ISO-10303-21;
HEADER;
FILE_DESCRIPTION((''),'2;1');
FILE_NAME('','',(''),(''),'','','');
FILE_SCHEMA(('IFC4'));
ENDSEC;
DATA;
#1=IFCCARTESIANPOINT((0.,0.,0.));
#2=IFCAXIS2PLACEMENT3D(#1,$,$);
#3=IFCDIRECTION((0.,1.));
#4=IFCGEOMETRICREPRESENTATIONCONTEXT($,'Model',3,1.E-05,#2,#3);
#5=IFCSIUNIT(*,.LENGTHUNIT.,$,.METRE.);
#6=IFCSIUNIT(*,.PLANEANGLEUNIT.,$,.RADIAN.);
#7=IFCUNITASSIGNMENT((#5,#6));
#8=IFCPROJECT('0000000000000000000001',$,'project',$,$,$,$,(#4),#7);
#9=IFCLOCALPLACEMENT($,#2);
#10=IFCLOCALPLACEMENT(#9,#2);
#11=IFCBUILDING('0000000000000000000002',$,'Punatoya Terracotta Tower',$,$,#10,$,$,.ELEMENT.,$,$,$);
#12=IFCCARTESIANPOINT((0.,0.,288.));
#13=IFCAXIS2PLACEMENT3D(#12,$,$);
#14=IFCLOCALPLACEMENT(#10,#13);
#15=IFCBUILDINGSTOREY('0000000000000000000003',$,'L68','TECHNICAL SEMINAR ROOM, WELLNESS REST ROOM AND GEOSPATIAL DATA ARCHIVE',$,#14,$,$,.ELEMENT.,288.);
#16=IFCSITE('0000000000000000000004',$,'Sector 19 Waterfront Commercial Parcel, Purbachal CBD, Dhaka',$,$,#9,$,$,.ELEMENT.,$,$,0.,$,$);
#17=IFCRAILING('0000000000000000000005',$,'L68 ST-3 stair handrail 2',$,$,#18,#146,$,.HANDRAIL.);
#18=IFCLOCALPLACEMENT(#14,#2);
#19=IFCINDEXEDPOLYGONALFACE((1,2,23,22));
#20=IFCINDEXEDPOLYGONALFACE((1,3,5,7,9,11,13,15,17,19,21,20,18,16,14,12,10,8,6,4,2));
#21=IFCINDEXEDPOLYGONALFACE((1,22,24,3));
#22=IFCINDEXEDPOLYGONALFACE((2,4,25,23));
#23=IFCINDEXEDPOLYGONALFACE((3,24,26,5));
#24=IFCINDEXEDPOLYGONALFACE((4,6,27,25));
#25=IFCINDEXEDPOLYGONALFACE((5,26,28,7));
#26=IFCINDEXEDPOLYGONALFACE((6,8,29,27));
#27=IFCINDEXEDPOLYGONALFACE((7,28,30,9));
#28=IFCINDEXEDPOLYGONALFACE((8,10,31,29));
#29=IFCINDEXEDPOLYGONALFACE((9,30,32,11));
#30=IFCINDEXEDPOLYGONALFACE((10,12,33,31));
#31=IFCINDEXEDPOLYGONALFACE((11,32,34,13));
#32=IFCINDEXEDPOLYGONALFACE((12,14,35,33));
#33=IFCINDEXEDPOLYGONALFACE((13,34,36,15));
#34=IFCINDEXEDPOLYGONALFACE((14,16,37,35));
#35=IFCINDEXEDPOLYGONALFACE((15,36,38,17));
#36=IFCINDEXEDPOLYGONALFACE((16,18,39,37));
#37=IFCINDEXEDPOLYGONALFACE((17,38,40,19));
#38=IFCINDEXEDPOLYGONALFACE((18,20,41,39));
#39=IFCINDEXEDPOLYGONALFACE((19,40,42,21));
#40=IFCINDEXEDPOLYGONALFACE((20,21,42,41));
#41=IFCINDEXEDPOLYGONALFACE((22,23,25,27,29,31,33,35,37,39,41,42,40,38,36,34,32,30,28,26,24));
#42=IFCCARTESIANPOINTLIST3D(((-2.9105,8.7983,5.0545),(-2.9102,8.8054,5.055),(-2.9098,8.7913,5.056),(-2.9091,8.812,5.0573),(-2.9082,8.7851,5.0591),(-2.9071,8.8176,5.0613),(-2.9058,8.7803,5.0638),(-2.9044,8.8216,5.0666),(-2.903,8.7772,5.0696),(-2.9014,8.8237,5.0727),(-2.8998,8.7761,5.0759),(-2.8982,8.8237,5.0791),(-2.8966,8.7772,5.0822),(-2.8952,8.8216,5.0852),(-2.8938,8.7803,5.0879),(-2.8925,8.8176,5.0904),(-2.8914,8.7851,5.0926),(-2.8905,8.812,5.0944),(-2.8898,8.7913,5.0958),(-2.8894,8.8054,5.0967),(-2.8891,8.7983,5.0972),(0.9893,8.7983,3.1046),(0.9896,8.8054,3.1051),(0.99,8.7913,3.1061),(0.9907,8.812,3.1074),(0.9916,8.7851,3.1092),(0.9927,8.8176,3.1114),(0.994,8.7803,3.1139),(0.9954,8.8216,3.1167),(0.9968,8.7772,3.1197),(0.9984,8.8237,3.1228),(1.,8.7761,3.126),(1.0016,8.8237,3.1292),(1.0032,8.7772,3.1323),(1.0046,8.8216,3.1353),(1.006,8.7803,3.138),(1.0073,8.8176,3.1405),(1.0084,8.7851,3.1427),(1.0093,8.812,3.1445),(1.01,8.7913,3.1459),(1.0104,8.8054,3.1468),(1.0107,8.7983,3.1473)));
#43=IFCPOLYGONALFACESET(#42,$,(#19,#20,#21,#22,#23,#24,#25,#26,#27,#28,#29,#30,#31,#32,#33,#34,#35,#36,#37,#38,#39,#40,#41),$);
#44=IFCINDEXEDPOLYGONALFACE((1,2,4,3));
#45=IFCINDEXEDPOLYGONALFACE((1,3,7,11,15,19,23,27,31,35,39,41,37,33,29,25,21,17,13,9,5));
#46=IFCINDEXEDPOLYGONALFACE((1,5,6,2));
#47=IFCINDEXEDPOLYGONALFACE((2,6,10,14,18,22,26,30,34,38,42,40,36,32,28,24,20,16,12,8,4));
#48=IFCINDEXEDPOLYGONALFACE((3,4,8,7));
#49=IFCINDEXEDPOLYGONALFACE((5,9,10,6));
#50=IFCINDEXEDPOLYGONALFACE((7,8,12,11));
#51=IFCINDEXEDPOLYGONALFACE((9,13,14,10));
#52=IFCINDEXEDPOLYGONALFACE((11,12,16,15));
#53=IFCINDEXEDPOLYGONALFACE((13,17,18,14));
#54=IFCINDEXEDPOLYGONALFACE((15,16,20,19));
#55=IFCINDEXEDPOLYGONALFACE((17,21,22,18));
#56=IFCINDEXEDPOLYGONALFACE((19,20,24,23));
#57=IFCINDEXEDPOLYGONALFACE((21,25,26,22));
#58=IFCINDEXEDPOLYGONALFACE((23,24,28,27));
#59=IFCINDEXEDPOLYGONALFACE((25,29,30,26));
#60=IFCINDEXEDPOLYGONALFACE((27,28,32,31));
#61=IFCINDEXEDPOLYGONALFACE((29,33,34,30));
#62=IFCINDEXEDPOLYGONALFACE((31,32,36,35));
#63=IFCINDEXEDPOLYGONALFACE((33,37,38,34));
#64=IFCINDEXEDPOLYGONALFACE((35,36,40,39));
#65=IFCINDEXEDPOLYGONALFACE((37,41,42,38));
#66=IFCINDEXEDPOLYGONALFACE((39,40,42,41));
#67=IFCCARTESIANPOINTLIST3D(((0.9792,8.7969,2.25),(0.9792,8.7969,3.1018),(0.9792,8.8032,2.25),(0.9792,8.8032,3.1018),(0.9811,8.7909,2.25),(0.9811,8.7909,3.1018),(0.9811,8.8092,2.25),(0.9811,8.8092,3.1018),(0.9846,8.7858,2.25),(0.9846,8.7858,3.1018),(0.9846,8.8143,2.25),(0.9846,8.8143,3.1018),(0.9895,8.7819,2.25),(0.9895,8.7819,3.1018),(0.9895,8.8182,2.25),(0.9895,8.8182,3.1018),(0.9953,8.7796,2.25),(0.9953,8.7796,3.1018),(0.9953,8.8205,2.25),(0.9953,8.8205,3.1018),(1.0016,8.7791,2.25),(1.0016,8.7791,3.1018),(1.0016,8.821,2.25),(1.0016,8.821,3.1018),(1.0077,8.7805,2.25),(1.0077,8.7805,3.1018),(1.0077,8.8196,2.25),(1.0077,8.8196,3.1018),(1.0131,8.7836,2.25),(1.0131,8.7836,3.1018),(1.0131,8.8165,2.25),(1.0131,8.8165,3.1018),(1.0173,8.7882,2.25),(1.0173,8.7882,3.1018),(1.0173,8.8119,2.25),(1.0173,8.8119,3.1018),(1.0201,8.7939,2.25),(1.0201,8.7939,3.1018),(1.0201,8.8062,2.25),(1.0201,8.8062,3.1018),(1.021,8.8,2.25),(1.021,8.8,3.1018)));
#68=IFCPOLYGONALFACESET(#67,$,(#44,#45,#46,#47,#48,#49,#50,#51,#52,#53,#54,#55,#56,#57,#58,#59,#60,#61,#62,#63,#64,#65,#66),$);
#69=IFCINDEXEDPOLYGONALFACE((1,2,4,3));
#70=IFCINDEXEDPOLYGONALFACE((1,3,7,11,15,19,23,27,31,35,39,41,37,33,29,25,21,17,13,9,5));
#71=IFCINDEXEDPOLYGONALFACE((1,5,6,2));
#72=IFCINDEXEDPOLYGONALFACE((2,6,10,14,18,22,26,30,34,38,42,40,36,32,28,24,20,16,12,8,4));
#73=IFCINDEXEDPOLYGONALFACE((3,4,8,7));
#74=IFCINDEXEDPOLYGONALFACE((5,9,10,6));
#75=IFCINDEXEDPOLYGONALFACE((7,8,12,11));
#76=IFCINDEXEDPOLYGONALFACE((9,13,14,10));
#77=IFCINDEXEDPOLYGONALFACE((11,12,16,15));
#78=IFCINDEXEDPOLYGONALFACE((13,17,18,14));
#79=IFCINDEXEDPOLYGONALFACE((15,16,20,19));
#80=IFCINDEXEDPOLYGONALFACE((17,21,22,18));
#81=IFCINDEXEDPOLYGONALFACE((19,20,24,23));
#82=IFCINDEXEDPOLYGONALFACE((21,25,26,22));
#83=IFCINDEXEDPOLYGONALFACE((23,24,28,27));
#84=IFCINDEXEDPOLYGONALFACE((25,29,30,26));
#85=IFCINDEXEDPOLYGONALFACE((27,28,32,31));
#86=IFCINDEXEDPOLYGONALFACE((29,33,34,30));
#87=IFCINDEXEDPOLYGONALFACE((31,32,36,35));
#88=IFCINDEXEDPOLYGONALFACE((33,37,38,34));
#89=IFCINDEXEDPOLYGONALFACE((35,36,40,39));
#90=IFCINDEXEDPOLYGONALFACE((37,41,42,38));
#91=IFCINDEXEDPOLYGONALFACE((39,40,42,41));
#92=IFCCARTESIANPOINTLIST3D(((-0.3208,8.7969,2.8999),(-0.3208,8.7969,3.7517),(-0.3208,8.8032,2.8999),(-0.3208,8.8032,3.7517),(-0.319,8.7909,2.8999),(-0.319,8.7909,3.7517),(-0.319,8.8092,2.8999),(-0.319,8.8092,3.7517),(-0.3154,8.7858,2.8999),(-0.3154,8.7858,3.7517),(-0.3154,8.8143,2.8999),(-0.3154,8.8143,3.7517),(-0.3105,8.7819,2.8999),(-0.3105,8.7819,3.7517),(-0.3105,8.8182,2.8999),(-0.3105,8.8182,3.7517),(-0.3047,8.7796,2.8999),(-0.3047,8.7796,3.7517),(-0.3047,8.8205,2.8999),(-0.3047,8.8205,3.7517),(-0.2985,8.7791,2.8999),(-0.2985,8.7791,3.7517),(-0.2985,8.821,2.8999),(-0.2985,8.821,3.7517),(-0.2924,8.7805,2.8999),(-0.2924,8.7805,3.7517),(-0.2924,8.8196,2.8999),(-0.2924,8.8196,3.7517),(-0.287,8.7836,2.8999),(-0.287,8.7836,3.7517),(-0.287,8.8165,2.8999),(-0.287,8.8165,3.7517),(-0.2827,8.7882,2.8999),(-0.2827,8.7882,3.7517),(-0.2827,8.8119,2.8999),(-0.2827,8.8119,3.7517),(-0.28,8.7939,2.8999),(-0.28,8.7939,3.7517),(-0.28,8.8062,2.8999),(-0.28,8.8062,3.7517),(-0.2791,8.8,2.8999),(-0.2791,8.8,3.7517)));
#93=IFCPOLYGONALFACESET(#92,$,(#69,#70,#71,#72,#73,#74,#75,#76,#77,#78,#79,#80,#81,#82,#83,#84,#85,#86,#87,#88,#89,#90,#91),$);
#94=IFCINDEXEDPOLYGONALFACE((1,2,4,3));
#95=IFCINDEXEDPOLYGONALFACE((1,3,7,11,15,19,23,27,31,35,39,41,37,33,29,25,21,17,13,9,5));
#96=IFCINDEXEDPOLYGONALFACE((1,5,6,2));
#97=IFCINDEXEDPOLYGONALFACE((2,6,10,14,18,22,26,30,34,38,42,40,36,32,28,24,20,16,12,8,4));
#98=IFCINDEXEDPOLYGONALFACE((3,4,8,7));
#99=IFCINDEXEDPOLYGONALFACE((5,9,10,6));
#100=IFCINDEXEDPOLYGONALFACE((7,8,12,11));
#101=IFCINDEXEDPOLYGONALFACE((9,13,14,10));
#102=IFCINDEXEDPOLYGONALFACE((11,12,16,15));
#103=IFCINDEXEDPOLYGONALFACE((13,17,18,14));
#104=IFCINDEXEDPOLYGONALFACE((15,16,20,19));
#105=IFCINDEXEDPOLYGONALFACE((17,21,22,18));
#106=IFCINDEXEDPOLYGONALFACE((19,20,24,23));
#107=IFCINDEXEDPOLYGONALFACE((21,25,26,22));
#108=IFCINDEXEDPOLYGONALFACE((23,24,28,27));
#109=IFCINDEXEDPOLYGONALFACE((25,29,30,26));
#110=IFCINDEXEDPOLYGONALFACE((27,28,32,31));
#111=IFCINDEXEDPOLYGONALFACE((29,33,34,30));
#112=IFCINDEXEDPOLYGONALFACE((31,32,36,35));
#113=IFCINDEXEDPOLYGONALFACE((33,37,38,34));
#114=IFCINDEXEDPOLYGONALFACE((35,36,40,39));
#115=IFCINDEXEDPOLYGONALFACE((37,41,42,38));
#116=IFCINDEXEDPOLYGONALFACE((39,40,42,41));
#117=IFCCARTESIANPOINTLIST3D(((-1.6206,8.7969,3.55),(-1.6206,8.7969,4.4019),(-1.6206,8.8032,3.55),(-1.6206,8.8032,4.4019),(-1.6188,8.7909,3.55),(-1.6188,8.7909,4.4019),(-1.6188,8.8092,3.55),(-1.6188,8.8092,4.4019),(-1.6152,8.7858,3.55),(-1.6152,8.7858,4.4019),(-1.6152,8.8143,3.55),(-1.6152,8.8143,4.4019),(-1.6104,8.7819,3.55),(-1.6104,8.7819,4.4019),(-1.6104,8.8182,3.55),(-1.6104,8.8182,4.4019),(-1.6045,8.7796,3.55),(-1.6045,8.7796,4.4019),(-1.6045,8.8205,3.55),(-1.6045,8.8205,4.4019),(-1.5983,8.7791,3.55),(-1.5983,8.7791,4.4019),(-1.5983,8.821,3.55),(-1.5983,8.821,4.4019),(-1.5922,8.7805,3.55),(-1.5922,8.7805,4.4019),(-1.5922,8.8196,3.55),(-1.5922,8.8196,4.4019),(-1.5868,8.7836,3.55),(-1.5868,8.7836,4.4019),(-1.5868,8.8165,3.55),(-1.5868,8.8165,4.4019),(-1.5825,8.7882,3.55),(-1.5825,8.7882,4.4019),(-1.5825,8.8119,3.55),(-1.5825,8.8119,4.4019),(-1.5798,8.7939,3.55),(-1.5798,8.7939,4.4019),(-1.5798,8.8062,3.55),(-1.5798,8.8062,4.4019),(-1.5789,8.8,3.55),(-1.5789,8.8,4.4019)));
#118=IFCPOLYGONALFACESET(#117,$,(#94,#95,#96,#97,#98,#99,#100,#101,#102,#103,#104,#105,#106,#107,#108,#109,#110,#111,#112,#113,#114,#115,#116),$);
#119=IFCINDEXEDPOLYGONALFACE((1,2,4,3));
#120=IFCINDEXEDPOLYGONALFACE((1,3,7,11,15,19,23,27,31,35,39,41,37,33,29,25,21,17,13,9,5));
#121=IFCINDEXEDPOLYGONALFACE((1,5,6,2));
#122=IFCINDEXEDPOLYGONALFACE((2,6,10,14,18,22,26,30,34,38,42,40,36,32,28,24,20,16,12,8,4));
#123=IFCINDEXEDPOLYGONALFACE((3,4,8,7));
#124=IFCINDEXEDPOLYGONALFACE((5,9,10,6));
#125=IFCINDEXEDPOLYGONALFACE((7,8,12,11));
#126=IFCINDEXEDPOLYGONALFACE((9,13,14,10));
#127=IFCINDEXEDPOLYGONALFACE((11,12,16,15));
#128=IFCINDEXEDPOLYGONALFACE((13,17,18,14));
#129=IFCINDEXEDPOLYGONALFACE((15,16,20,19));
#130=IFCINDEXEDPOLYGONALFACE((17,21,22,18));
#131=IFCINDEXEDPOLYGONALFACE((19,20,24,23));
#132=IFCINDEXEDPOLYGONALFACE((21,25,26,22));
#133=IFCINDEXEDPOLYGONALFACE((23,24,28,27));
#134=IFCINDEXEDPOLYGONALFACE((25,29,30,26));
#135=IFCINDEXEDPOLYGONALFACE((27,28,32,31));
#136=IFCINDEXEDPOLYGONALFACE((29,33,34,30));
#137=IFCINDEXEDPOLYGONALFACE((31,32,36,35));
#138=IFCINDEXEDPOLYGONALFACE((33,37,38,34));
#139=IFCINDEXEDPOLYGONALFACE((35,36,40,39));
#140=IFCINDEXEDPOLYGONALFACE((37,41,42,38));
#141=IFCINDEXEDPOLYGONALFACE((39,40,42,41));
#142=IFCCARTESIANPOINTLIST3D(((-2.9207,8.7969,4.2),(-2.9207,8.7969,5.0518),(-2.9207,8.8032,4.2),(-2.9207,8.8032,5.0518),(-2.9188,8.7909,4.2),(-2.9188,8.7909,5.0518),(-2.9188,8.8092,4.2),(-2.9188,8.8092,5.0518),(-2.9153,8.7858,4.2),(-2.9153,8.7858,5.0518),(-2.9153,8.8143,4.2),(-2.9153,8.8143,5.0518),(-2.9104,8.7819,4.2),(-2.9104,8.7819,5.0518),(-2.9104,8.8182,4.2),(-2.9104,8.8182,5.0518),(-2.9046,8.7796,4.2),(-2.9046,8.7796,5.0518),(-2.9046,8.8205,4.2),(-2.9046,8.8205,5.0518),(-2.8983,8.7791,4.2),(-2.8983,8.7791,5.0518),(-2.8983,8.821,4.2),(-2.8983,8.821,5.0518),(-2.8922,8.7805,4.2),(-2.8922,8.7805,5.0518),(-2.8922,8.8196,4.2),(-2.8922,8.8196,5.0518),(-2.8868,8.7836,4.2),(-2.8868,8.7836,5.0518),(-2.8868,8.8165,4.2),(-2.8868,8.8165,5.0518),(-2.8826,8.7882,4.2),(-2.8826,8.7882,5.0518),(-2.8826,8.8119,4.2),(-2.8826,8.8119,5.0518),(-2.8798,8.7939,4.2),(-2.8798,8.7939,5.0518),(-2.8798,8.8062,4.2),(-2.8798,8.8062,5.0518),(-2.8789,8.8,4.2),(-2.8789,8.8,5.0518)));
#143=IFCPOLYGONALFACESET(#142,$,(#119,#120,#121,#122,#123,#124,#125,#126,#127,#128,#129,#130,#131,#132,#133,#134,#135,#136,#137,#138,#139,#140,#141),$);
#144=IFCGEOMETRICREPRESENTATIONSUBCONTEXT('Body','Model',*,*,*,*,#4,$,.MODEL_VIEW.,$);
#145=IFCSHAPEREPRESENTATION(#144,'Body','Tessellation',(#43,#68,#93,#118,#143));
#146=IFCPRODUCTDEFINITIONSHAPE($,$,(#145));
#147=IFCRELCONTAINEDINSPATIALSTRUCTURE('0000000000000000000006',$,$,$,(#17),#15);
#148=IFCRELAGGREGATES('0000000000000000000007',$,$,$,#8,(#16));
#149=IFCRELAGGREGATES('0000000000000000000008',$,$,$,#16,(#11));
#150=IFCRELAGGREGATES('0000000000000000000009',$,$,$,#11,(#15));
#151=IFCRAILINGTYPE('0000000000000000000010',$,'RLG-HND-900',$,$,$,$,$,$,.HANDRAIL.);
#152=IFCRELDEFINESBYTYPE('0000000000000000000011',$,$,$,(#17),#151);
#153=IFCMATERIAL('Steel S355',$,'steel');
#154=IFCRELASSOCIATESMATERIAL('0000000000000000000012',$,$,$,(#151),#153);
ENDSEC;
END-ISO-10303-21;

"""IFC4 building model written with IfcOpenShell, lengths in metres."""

from ifc_helpers import new_model, si_unit, direction, frame, origin, origin_2d, place, context, subcontext, project, spatial, circle, extrude, material, type_object, element, save


model = new_model("IFC4")

# Units and contexts
model_context = context("Model", 3, precision=1e-05, world=origin(), true_north=direction((0.0, 1.0)))
body_context = subcontext(model_context, "Body", "Model", "MODEL_VIEW")
ifc_project = project(units=[si_unit("LENGTHUNIT", "METRE"), si_unit("PLANEANGLEUNIT", "RADIAN")], contexts=[model_context])

# Site, building, storey
site_placement = place(None, origin())
site = spatial("IfcSite", under=ifc_project, at=site_placement, Name="Sector 19 Waterfront Commercial Parcel, Purbachal CBD, Dhaka", CompositionType="ELEMENT", RefElevation=0.0)
building_placement = place(site_placement, origin())
building = spatial("IfcBuilding", under=site, at=building_placement, Name="Punatoya Terracotta Tower", CompositionType="ELEMENT")
storey_placement = place(building_placement, frame((0.0, 0.0, 288.0)))
storey = spatial("IfcBuildingStorey", under=building, at=storey_placement, Name="L68", Description="TECHNICAL SEMINAR ROOM, WELLNESS REST ROOM AND GEOSPATIAL DATA ARCHIVE", CompositionType="ELEMENT", Elevation=288.0)

# Shared definitions
ifc_material_1 = material(Name="Steel S355", Category="steel")

# Railing
railing_type_1 = type_object("IfcRailingType", Name="RLG-HND-900", PredefinedType="HANDRAIL", material=ifc_material_1)
railing_1_placement = place(storey_placement, frame((1.0, 8.8, 2.25)))
element("IfcRailing", 1, at=railing_1_placement, inside=storey, type_object=railing_type_1, Name="L68 ST-3 stair handrail 2", PredefinedType="HANDRAIL", context=body_context, shape_type="SweptSolid", body=[
    extrude(circle(Radius=0.0239, at=origin_2d()), frame((0.0, 0.0, 0.876), z_axis=(-0.894427, 0.0, 0.447214), x_axis=(0.0, -1.0, 0.0)), (0.0, 0.0, 1.0), 4.3601),
    extrude(circle(Radius=0.021, at=origin_2d()), origin(), (0.0, 0.0, 1.0), 0.8518),
    extrude(circle(Radius=0.021, at=origin_2d()), frame((-1.3, 0.0, 0.6499)), (0.0, 0.0, 1.0), 0.8518),
    extrude(circle(Radius=0.021, at=origin_2d()), frame((-2.5999, 0.0, 1.3)), (0.0, 0.0, 1.0), 0.8518),
    extrude(circle(Radius=0.021, at=origin_2d()), frame((-3.8999, 0.0, 1.95)), (0.0, 0.0, 1.0), 0.8518),
])

save(model, "model.ifc")
